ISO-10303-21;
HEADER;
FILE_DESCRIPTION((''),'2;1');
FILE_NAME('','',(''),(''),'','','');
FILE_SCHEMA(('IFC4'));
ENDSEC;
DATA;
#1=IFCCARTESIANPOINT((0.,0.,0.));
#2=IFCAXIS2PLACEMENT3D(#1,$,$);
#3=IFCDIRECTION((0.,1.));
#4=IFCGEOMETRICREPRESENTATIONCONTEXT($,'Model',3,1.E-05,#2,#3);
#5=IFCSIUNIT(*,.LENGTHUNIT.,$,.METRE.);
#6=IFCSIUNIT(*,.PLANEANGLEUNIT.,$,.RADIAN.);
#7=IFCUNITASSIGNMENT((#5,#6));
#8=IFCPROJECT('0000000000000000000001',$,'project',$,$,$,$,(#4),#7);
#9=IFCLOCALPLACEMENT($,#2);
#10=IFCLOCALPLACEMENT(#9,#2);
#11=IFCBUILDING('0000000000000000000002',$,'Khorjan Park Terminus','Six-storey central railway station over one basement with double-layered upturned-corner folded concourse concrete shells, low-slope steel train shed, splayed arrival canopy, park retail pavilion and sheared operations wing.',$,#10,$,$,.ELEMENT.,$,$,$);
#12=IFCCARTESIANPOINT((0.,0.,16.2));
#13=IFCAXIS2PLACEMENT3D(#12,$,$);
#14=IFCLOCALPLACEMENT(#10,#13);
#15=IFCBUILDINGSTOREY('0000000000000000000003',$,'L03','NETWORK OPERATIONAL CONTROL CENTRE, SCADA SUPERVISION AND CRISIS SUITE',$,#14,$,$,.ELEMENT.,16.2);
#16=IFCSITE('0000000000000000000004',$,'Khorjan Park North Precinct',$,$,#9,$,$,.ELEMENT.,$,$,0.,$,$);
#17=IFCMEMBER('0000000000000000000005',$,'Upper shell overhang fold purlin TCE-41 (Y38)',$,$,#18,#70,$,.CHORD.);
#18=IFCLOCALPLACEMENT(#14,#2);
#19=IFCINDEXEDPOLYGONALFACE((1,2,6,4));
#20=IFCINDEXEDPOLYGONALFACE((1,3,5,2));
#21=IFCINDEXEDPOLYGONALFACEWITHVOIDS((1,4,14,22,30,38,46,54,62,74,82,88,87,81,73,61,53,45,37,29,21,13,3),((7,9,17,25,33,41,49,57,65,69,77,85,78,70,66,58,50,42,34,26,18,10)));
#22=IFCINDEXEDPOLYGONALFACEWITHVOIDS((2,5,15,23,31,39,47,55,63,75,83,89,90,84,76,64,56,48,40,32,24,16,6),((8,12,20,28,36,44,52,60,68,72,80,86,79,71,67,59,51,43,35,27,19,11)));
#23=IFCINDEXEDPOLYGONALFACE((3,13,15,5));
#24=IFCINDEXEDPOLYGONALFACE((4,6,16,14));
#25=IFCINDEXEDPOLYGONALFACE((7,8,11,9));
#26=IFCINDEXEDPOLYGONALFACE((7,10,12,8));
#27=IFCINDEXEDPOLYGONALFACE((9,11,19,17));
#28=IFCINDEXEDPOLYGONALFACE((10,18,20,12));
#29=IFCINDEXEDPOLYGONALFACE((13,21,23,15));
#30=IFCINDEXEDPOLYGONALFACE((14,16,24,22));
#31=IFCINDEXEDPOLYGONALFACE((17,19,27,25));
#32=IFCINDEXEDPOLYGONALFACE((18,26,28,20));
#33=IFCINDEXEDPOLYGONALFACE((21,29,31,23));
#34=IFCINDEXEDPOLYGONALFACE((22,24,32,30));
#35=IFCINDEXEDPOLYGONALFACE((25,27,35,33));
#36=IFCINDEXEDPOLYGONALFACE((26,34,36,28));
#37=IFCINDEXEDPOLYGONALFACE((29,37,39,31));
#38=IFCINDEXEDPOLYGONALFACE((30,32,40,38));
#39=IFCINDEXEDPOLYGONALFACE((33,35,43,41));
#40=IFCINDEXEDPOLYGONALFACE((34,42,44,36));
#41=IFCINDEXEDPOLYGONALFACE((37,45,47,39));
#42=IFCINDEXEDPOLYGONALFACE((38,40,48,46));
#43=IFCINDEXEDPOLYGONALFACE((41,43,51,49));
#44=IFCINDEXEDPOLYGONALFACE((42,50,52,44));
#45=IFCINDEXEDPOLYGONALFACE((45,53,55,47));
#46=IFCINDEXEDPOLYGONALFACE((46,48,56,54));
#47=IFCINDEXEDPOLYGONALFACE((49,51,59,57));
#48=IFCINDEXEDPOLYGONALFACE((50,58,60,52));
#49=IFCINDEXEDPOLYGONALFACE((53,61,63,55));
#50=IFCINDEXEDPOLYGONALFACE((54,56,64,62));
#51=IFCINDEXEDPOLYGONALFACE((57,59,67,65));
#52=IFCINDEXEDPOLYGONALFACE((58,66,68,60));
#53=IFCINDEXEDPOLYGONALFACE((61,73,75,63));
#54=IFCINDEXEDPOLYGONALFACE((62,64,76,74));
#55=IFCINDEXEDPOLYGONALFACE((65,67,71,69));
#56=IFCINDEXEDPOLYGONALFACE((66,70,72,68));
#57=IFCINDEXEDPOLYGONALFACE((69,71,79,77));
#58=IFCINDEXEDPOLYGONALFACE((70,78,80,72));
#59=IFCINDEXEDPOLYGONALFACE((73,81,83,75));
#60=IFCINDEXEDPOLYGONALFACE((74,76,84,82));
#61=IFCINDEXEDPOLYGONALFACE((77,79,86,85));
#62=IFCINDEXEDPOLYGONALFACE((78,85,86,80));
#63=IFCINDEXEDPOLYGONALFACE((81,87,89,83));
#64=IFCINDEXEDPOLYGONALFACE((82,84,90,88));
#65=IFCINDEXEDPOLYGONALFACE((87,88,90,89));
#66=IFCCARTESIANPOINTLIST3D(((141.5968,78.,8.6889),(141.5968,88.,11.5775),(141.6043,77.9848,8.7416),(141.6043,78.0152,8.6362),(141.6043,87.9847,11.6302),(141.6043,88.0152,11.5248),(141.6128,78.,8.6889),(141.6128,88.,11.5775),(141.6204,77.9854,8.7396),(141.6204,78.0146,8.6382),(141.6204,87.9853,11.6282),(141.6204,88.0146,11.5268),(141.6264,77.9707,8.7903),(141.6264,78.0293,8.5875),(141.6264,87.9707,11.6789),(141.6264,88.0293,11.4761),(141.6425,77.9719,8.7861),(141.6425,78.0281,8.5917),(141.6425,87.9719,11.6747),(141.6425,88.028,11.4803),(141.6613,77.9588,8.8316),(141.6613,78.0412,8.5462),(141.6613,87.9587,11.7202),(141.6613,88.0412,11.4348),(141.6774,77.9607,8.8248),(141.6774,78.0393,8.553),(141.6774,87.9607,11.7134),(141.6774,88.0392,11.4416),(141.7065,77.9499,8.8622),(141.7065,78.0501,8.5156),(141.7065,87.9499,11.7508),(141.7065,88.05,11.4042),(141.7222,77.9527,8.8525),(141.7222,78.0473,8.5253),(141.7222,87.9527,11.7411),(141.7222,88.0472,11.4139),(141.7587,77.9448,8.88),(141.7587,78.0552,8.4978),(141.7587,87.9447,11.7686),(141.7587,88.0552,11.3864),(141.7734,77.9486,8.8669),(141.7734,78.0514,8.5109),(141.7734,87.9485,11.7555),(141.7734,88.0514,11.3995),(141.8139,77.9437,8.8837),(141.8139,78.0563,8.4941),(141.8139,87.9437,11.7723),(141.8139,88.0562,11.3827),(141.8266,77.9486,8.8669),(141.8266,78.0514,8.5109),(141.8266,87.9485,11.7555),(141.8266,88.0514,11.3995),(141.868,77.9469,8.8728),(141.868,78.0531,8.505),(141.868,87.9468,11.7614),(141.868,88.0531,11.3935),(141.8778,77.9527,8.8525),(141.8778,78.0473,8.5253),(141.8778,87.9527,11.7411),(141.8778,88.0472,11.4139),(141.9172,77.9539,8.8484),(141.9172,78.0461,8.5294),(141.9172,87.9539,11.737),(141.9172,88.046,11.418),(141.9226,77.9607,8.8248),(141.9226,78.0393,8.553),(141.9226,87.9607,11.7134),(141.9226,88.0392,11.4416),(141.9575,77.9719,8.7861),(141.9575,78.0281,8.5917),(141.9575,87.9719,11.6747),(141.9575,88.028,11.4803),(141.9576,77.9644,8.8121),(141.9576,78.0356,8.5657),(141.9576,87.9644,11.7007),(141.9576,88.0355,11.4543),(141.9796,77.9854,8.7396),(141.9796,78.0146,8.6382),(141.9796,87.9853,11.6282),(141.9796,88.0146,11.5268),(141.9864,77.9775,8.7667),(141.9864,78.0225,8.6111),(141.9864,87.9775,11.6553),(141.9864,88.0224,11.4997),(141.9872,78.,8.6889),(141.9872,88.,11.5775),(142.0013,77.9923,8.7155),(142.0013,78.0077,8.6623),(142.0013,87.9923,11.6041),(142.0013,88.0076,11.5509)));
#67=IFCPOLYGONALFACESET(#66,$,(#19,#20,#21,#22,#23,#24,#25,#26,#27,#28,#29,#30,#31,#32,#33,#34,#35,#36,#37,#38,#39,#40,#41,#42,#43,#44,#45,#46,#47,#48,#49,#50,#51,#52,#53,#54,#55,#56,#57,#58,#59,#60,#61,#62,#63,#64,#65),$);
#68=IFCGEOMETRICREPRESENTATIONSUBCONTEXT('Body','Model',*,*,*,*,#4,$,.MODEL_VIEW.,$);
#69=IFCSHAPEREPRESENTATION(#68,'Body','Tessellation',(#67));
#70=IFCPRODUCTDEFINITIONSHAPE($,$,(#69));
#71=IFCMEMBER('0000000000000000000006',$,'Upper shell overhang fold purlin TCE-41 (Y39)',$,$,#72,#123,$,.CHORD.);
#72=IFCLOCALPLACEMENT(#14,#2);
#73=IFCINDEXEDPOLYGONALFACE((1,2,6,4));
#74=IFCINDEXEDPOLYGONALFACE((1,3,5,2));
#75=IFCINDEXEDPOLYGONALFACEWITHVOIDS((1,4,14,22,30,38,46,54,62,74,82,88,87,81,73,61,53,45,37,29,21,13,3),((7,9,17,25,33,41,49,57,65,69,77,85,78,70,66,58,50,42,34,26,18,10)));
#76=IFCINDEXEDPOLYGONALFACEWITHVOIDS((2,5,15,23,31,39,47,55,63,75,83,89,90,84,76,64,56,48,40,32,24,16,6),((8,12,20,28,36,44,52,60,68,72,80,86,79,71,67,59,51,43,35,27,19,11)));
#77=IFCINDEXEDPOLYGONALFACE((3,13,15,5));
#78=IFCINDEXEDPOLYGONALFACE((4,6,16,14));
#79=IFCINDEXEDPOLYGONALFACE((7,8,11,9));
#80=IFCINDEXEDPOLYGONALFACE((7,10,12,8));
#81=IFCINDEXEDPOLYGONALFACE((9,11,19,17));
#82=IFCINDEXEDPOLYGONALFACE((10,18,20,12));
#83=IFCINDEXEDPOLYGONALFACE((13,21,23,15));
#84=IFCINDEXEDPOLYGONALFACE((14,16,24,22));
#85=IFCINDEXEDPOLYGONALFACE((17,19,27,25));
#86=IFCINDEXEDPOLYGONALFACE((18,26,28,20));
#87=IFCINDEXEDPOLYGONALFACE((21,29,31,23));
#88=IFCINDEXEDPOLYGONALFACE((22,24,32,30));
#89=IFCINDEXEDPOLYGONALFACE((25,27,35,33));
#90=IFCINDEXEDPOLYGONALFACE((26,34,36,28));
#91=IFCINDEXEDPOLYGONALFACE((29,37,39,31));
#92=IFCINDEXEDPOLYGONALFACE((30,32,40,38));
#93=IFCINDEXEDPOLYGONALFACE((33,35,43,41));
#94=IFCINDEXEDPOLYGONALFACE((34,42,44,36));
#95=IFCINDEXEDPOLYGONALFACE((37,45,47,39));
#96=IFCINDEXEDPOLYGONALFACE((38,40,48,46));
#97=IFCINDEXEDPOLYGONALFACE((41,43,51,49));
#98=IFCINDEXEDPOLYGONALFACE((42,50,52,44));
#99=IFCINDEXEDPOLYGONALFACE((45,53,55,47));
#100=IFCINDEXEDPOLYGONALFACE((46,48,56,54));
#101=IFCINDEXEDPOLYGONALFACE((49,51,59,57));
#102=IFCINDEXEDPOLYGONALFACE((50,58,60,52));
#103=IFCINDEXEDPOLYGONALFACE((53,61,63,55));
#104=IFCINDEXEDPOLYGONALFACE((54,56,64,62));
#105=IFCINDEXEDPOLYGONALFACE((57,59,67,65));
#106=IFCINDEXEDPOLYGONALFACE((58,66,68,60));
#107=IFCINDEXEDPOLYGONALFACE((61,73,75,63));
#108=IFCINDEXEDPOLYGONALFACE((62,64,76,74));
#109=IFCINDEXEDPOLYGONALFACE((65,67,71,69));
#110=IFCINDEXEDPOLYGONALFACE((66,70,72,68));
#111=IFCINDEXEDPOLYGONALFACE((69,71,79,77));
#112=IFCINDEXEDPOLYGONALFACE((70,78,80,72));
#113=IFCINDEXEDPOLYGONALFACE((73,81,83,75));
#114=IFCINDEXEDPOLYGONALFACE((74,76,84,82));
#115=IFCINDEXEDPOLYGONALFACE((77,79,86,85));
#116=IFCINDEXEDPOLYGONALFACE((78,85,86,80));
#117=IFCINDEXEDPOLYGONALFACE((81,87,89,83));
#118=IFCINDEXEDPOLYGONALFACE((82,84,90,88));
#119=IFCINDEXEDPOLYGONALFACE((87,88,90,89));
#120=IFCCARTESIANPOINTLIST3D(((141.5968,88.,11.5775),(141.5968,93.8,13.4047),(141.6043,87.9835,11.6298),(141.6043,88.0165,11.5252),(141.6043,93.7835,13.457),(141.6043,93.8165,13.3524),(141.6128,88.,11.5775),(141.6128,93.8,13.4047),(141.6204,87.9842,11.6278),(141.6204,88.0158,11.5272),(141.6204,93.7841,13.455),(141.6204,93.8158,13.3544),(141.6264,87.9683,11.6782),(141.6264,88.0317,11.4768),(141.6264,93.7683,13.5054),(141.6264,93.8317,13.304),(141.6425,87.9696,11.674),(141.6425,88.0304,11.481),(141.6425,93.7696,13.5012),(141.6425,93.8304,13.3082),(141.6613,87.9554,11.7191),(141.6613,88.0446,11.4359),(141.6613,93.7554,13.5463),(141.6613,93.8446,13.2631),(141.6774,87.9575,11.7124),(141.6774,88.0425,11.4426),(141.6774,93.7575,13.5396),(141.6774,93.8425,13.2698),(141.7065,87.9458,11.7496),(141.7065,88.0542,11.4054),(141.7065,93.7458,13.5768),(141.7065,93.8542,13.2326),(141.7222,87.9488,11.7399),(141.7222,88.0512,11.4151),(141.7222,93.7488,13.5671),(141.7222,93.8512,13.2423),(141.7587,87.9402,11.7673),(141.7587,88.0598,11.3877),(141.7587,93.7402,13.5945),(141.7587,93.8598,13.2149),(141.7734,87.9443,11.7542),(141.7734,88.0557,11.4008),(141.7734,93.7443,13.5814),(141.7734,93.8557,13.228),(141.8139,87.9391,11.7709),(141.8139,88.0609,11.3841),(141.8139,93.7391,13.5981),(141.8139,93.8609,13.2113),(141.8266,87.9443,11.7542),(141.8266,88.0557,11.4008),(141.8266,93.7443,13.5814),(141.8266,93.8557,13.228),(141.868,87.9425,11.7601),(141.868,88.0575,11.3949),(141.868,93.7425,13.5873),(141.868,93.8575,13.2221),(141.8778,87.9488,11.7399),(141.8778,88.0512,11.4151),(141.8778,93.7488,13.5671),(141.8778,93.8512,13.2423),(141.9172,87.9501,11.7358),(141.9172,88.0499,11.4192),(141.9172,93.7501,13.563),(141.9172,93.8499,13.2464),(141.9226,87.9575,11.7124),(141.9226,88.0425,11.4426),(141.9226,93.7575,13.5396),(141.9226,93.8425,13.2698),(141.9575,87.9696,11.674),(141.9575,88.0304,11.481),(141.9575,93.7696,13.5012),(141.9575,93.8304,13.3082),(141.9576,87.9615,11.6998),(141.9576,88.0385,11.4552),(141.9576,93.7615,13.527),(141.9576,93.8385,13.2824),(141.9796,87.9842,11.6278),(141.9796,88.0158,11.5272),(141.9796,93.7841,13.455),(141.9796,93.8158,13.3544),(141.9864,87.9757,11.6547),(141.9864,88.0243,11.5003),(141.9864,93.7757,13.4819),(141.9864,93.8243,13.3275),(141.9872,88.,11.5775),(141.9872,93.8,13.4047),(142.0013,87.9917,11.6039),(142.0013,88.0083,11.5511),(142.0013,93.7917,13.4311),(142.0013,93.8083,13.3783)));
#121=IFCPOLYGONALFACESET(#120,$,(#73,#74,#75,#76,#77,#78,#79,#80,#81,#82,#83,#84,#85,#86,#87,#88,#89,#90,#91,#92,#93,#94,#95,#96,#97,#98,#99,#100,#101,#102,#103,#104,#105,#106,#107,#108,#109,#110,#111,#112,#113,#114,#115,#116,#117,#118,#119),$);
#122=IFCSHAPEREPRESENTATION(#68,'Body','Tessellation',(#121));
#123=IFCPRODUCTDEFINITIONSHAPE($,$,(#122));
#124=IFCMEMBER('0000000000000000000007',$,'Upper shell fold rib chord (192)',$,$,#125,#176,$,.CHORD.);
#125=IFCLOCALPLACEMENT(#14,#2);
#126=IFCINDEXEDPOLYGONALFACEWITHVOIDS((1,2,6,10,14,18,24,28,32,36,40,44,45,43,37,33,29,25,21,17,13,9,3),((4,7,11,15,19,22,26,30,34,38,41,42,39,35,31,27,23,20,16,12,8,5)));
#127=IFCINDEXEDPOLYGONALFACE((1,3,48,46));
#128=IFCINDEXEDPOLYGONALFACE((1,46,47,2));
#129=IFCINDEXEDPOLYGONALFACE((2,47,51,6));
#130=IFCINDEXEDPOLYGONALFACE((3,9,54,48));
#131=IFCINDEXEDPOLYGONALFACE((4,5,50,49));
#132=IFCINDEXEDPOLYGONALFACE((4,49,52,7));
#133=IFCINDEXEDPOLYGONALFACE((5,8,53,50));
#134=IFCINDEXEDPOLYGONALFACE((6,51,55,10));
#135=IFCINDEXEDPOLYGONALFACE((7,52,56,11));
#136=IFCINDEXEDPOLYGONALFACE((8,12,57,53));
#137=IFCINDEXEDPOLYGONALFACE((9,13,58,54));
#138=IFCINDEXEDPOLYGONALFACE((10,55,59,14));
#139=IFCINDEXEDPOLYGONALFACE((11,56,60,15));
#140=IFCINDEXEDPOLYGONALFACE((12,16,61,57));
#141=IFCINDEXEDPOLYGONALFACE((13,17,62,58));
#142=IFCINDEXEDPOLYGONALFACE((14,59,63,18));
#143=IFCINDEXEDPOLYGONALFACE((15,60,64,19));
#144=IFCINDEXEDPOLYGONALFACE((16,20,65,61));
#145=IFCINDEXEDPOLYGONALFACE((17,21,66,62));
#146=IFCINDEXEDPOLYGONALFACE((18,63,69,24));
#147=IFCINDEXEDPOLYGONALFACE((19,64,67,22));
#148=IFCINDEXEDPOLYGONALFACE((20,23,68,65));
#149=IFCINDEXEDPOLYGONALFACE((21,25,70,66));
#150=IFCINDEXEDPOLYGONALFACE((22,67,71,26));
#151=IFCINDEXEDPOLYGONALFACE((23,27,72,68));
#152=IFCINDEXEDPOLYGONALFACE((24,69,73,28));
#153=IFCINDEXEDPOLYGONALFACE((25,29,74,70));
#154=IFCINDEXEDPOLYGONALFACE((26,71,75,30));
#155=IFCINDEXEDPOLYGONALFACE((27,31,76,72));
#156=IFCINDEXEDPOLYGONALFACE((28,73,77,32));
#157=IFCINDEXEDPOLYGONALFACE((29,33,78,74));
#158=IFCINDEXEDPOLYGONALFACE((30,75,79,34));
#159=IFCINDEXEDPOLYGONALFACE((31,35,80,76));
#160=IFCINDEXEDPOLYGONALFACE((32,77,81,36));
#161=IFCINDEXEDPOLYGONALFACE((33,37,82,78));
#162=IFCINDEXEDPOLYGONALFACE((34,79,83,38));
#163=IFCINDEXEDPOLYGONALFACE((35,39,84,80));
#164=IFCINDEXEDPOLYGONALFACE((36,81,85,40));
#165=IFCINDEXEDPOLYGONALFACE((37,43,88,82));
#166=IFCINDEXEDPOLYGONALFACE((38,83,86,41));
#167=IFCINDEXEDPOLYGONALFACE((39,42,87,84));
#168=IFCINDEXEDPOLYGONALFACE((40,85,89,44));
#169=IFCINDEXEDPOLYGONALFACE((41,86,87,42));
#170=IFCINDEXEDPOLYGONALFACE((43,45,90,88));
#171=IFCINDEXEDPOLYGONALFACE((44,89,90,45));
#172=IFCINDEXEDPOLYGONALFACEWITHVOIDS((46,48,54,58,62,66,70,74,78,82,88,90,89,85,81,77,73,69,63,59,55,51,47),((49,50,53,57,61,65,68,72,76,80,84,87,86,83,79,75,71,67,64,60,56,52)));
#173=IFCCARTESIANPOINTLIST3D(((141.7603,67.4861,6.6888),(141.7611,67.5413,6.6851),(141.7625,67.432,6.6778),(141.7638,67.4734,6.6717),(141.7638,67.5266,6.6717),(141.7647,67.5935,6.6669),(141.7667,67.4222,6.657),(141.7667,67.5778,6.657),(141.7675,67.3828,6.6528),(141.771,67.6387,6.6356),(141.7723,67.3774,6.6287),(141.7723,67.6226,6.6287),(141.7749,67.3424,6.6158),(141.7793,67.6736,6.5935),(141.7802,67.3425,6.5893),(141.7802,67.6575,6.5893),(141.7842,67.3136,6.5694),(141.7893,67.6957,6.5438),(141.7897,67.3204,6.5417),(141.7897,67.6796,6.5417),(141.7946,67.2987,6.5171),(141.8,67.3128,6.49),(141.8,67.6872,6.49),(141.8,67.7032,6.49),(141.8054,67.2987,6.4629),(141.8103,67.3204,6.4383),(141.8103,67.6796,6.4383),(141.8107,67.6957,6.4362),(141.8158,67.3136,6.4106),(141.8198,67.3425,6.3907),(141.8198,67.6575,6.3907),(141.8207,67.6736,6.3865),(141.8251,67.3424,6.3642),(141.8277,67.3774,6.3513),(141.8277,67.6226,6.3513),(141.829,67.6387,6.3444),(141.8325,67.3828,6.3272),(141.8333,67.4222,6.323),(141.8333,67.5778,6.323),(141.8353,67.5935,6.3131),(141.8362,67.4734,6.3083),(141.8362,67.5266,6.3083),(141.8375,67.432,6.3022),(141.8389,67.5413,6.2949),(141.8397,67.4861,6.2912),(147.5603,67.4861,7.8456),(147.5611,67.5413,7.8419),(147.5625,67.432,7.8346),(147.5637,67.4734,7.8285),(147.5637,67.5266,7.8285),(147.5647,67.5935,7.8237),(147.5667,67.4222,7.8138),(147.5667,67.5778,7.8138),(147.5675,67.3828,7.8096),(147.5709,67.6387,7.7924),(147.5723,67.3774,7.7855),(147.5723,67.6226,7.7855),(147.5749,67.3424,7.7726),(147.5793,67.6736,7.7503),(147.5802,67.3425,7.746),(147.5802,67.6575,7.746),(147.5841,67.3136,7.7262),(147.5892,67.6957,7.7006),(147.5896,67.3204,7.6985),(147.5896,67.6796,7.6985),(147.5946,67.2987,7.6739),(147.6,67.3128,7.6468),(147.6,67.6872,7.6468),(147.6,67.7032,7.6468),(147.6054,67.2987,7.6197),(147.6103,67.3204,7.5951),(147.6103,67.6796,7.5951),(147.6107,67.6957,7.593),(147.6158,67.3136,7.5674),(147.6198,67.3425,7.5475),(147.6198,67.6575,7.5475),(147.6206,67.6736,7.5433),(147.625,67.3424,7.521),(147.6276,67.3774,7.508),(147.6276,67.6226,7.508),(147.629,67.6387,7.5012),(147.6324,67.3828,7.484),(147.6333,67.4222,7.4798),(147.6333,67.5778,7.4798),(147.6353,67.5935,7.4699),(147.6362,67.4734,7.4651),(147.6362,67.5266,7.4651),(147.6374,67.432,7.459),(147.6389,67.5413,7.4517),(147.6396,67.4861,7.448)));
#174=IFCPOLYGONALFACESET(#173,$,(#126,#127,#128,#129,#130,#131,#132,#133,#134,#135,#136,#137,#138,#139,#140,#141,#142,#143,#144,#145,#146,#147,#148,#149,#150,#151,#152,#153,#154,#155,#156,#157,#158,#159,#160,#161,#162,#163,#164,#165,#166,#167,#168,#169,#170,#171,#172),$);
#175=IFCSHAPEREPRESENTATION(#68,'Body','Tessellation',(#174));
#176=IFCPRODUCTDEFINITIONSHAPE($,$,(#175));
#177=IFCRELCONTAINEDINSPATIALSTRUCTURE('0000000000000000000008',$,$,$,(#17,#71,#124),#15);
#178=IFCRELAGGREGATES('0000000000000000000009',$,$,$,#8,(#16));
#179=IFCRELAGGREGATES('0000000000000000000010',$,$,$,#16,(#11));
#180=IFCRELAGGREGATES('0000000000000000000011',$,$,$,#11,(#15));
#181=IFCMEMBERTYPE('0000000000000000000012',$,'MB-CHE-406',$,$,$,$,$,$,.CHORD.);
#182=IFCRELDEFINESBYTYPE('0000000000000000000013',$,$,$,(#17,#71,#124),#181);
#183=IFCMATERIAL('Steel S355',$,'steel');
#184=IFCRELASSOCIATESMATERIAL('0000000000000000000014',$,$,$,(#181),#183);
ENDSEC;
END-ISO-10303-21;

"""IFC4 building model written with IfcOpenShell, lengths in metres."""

from ifc_helpers import new_model, si_unit, direction, frame, origin, origin_2d, place, context, subcontext, project, spatial, hollow_circle, extrude, material, material_profile, profile_set, type_object, element, save


model = new_model("IFC4")

# Units and contexts
model_context = context("Model", 3, precision=1e-05, world=origin(), true_north=direction((0.0, 1.0)))
body_context = subcontext(model_context, "Body", "Model", "MODEL_VIEW")
ifc_project = project(units=[si_unit("LENGTHUNIT", "METRE"), si_unit("PLANEANGLEUNIT", "RADIAN")], contexts=[model_context])

# Site, building, storey
site_placement = place(None, origin())
site = spatial("IfcSite", under=ifc_project, at=site_placement, Name="Khorjan Park North Precinct", CompositionType="ELEMENT", RefElevation=0.0)
building_placement = place(site_placement, origin())
building = spatial("IfcBuilding", under=site, at=building_placement, Name="Khorjan Park Terminus", Description="Six-storey central railway station over one basement with double-layered upturned-corner folded concourse concrete shells, low-slope steel train shed, splayed arrival canopy, park retail pavilion and sheared operations wing.", CompositionType="ELEMENT")
storey_placement = place(building_placement, frame((0.0, 0.0, 16.2)))
storey = spatial("IfcBuildingStorey", under=building, at=storey_placement, Name="L03", Description="NETWORK OPERATIONAL CONTROL CENTRE, SCADA SUPERVISION AND CRISIS SUITE", CompositionType="ELEMENT", Elevation=16.2)

# Shared definitions
ifc_material_1 = material(Name="Steel S355", Category="steel")

# Members
ifc_material_profile_1 = material_profile(ifc_material_1, hollow_circle(Radius=0.2032, WallThickness=0.016, at=origin_2d()), Name="CHS 406.4x16")
ifc_profile_set_1 = profile_set([ifc_material_profile_1], Name="Steel S355")
member_type_1 = type_object("IfcMemberType", Name="MB-CHE-406", PredefinedType="CHORD", material=ifc_profile_set_1)
member_1_placement = place(storey_placement, frame((141.8, 78.0, 8.6889), z_axis=(0.0, 0.960722, 0.277514), x_axis=(-1.0, 0.0, 0.0)))
element("IfcMember", 1, at=member_1_placement, inside=storey, type_object=member_type_1, Name="Upper shell overhang fold purlin TCE-41 (Y38)", PredefinedType="CHORD", context=body_context, shape_type="SweptSolid", body=[
    extrude(hollow_circle(Radius=0.2032, WallThickness=0.016, at=origin_2d()), origin(), (0.0, 0.0, 1.0), 10.4088),
])
member_2_placement = place(storey_placement, frame((141.8, 88.0, 11.5775), z_axis=(0.0, 0.953789, 0.300476), x_axis=(-1.0, 0.0, 0.0)))
element("IfcMember", 2, at=member_2_placement, inside=storey, type_object=member_type_1, Name="Upper shell overhang fold purlin TCE-41 (Y39)", PredefinedType="CHORD", context=body_context, shape_type="SweptSolid", body=[
    extrude(hollow_circle(Radius=0.2032, WallThickness=0.016, at=origin_2d()), origin(), (0.0, 0.0, 1.0), 6.081),
])
member_3_placement = place(storey_placement, frame((141.8, 67.5, 6.49), z_axis=(0.980685, 0.0, 0.195596), x_axis=(0.0, 1.0, 0.0)))
element("IfcMember", 3, at=member_3_placement, inside=storey, type_object=member_type_1, Name="Upper shell fold rib chord (192)", PredefinedType="CHORD", context=body_context, shape_type="SweptSolid", body=[
    extrude(hollow_circle(Radius=0.2032, WallThickness=0.016, at=origin_2d()), origin(), (0.0, 0.0, 1.0), 5.9142),
])

save(model, "model.ifc")
